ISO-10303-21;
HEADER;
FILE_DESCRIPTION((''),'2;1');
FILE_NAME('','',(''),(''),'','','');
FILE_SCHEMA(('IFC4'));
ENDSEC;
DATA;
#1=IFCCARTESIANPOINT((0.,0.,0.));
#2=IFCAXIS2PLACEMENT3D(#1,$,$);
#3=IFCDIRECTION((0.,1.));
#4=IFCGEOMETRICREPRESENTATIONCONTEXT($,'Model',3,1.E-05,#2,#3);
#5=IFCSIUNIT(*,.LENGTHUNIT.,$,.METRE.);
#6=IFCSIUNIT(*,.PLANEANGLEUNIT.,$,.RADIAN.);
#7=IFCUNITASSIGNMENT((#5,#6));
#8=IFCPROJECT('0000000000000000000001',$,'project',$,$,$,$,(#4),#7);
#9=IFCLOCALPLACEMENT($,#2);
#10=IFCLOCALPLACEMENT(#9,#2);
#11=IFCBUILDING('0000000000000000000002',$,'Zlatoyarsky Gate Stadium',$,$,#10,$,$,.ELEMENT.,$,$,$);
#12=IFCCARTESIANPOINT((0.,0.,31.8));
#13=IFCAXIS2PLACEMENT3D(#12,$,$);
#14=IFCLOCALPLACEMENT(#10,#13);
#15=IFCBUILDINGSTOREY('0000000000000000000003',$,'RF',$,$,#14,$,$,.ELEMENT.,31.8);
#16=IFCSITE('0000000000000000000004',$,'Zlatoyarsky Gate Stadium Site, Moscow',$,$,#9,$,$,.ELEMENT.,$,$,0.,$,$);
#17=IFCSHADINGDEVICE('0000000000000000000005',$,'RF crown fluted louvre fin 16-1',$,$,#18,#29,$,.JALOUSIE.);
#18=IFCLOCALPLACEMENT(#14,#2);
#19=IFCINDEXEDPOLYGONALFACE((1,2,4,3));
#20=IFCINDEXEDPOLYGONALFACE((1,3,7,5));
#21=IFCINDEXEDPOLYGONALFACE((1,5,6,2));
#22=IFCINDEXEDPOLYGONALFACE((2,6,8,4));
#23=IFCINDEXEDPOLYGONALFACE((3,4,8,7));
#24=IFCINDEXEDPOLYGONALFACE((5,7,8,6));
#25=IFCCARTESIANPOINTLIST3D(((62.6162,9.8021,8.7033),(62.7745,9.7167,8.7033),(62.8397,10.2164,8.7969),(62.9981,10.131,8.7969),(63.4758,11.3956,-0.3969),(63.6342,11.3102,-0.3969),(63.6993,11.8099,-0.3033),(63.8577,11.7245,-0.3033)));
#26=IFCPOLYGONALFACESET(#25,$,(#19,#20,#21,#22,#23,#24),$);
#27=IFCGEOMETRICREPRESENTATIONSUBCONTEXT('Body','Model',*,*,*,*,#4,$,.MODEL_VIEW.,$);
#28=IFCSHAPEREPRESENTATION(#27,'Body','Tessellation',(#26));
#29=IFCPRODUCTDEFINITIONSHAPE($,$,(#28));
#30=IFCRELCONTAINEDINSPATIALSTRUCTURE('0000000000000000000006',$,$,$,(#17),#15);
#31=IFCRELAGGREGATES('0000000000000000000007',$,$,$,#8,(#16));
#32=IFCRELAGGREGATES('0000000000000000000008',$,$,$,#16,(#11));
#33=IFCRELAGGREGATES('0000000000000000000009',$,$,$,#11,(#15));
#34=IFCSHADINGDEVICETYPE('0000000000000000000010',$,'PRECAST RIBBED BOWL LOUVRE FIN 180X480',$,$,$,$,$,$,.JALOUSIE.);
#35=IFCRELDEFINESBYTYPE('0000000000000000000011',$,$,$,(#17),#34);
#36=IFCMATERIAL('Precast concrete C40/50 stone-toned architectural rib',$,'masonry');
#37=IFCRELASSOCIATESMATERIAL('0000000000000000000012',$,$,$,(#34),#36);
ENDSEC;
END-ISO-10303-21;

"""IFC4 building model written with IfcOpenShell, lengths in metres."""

from ifc_helpers import new_model, si_unit, direction, frame, origin, origin_2d, place, context, subcontext, project, spatial, rectangle, extrude, material, material_profile, profile_set, type_object, element, save


model = new_model("IFC4")

# Units and contexts
model_context = context("Model", 3, precision=1e-05, world=origin(), true_north=direction((0.0, 1.0)))
body_context = subcontext(model_context, "Body", "Model", "MODEL_VIEW")
ifc_project = project(units=[si_unit("LENGTHUNIT", "METRE"), si_unit("PLANEANGLEUNIT", "RADIAN")], contexts=[model_context])

# Site, building, storey
site_placement = place(None, origin())
site = spatial("IfcSite", under=ifc_project, at=site_placement, Name="Zlatoyarsky Gate Stadium Site, Moscow", CompositionType="ELEMENT", RefElevation=0.0)
building_placement = place(site_placement, origin())
building = spatial("IfcBuilding", under=site, at=building_placement, Name="Zlatoyarsky Gate Stadium", CompositionType="ELEMENT")
storey_placement = place(building_placement, frame((0.0, 0.0, 31.8)))
storey = spatial("IfcBuildingStorey", under=building, at=storey_placement, Name="RF", CompositionType="ELEMENT", Elevation=31.8)

# Shading device
ifc_material_1 = material(Name="Precast concrete C40/50 stone-toned architectural rib", Category="masonry")
ifc_material_profile_1 = material_profile(ifc_material_1, rectangle(XDim=0.1799, YDim=0.48, at=origin_2d()), Name="RIB 180X480")
ifc_profile_set_1 = profile_set([ifc_material_profile_1], Name="Precast concrete C40/50 stone-toned architectural rib")
shading_device_type = type_object("IfcShadingDeviceType", Name="PRECAST RIBBED BOWL LOUVRE FIN 180X480", PredefinedType="JALOUSIE", material=ifc_profile_set_1)
shading_device_placement = place(storey_placement, frame((63.6667, 11.5601, -0.3501), z_axis=(-0.092647, -0.171742, 0.980776), x_axis=(0.880107, -0.474775, 0.0)))
element("IfcShadingDevice", 1, at=shading_device_placement, inside=storey, type_object=shading_device_type, Name="RF crown fluted louvre fin 16-1", PredefinedType="JALOUSIE", context=body_context, shape_type="SweptSolid", body=[
    extrude(rectangle(XDim=0.1799, YDim=0.48, at=origin_2d()), origin(), (0.0, 0.0, 1.0), 9.2786),
])

save(model, "model.ifc")
